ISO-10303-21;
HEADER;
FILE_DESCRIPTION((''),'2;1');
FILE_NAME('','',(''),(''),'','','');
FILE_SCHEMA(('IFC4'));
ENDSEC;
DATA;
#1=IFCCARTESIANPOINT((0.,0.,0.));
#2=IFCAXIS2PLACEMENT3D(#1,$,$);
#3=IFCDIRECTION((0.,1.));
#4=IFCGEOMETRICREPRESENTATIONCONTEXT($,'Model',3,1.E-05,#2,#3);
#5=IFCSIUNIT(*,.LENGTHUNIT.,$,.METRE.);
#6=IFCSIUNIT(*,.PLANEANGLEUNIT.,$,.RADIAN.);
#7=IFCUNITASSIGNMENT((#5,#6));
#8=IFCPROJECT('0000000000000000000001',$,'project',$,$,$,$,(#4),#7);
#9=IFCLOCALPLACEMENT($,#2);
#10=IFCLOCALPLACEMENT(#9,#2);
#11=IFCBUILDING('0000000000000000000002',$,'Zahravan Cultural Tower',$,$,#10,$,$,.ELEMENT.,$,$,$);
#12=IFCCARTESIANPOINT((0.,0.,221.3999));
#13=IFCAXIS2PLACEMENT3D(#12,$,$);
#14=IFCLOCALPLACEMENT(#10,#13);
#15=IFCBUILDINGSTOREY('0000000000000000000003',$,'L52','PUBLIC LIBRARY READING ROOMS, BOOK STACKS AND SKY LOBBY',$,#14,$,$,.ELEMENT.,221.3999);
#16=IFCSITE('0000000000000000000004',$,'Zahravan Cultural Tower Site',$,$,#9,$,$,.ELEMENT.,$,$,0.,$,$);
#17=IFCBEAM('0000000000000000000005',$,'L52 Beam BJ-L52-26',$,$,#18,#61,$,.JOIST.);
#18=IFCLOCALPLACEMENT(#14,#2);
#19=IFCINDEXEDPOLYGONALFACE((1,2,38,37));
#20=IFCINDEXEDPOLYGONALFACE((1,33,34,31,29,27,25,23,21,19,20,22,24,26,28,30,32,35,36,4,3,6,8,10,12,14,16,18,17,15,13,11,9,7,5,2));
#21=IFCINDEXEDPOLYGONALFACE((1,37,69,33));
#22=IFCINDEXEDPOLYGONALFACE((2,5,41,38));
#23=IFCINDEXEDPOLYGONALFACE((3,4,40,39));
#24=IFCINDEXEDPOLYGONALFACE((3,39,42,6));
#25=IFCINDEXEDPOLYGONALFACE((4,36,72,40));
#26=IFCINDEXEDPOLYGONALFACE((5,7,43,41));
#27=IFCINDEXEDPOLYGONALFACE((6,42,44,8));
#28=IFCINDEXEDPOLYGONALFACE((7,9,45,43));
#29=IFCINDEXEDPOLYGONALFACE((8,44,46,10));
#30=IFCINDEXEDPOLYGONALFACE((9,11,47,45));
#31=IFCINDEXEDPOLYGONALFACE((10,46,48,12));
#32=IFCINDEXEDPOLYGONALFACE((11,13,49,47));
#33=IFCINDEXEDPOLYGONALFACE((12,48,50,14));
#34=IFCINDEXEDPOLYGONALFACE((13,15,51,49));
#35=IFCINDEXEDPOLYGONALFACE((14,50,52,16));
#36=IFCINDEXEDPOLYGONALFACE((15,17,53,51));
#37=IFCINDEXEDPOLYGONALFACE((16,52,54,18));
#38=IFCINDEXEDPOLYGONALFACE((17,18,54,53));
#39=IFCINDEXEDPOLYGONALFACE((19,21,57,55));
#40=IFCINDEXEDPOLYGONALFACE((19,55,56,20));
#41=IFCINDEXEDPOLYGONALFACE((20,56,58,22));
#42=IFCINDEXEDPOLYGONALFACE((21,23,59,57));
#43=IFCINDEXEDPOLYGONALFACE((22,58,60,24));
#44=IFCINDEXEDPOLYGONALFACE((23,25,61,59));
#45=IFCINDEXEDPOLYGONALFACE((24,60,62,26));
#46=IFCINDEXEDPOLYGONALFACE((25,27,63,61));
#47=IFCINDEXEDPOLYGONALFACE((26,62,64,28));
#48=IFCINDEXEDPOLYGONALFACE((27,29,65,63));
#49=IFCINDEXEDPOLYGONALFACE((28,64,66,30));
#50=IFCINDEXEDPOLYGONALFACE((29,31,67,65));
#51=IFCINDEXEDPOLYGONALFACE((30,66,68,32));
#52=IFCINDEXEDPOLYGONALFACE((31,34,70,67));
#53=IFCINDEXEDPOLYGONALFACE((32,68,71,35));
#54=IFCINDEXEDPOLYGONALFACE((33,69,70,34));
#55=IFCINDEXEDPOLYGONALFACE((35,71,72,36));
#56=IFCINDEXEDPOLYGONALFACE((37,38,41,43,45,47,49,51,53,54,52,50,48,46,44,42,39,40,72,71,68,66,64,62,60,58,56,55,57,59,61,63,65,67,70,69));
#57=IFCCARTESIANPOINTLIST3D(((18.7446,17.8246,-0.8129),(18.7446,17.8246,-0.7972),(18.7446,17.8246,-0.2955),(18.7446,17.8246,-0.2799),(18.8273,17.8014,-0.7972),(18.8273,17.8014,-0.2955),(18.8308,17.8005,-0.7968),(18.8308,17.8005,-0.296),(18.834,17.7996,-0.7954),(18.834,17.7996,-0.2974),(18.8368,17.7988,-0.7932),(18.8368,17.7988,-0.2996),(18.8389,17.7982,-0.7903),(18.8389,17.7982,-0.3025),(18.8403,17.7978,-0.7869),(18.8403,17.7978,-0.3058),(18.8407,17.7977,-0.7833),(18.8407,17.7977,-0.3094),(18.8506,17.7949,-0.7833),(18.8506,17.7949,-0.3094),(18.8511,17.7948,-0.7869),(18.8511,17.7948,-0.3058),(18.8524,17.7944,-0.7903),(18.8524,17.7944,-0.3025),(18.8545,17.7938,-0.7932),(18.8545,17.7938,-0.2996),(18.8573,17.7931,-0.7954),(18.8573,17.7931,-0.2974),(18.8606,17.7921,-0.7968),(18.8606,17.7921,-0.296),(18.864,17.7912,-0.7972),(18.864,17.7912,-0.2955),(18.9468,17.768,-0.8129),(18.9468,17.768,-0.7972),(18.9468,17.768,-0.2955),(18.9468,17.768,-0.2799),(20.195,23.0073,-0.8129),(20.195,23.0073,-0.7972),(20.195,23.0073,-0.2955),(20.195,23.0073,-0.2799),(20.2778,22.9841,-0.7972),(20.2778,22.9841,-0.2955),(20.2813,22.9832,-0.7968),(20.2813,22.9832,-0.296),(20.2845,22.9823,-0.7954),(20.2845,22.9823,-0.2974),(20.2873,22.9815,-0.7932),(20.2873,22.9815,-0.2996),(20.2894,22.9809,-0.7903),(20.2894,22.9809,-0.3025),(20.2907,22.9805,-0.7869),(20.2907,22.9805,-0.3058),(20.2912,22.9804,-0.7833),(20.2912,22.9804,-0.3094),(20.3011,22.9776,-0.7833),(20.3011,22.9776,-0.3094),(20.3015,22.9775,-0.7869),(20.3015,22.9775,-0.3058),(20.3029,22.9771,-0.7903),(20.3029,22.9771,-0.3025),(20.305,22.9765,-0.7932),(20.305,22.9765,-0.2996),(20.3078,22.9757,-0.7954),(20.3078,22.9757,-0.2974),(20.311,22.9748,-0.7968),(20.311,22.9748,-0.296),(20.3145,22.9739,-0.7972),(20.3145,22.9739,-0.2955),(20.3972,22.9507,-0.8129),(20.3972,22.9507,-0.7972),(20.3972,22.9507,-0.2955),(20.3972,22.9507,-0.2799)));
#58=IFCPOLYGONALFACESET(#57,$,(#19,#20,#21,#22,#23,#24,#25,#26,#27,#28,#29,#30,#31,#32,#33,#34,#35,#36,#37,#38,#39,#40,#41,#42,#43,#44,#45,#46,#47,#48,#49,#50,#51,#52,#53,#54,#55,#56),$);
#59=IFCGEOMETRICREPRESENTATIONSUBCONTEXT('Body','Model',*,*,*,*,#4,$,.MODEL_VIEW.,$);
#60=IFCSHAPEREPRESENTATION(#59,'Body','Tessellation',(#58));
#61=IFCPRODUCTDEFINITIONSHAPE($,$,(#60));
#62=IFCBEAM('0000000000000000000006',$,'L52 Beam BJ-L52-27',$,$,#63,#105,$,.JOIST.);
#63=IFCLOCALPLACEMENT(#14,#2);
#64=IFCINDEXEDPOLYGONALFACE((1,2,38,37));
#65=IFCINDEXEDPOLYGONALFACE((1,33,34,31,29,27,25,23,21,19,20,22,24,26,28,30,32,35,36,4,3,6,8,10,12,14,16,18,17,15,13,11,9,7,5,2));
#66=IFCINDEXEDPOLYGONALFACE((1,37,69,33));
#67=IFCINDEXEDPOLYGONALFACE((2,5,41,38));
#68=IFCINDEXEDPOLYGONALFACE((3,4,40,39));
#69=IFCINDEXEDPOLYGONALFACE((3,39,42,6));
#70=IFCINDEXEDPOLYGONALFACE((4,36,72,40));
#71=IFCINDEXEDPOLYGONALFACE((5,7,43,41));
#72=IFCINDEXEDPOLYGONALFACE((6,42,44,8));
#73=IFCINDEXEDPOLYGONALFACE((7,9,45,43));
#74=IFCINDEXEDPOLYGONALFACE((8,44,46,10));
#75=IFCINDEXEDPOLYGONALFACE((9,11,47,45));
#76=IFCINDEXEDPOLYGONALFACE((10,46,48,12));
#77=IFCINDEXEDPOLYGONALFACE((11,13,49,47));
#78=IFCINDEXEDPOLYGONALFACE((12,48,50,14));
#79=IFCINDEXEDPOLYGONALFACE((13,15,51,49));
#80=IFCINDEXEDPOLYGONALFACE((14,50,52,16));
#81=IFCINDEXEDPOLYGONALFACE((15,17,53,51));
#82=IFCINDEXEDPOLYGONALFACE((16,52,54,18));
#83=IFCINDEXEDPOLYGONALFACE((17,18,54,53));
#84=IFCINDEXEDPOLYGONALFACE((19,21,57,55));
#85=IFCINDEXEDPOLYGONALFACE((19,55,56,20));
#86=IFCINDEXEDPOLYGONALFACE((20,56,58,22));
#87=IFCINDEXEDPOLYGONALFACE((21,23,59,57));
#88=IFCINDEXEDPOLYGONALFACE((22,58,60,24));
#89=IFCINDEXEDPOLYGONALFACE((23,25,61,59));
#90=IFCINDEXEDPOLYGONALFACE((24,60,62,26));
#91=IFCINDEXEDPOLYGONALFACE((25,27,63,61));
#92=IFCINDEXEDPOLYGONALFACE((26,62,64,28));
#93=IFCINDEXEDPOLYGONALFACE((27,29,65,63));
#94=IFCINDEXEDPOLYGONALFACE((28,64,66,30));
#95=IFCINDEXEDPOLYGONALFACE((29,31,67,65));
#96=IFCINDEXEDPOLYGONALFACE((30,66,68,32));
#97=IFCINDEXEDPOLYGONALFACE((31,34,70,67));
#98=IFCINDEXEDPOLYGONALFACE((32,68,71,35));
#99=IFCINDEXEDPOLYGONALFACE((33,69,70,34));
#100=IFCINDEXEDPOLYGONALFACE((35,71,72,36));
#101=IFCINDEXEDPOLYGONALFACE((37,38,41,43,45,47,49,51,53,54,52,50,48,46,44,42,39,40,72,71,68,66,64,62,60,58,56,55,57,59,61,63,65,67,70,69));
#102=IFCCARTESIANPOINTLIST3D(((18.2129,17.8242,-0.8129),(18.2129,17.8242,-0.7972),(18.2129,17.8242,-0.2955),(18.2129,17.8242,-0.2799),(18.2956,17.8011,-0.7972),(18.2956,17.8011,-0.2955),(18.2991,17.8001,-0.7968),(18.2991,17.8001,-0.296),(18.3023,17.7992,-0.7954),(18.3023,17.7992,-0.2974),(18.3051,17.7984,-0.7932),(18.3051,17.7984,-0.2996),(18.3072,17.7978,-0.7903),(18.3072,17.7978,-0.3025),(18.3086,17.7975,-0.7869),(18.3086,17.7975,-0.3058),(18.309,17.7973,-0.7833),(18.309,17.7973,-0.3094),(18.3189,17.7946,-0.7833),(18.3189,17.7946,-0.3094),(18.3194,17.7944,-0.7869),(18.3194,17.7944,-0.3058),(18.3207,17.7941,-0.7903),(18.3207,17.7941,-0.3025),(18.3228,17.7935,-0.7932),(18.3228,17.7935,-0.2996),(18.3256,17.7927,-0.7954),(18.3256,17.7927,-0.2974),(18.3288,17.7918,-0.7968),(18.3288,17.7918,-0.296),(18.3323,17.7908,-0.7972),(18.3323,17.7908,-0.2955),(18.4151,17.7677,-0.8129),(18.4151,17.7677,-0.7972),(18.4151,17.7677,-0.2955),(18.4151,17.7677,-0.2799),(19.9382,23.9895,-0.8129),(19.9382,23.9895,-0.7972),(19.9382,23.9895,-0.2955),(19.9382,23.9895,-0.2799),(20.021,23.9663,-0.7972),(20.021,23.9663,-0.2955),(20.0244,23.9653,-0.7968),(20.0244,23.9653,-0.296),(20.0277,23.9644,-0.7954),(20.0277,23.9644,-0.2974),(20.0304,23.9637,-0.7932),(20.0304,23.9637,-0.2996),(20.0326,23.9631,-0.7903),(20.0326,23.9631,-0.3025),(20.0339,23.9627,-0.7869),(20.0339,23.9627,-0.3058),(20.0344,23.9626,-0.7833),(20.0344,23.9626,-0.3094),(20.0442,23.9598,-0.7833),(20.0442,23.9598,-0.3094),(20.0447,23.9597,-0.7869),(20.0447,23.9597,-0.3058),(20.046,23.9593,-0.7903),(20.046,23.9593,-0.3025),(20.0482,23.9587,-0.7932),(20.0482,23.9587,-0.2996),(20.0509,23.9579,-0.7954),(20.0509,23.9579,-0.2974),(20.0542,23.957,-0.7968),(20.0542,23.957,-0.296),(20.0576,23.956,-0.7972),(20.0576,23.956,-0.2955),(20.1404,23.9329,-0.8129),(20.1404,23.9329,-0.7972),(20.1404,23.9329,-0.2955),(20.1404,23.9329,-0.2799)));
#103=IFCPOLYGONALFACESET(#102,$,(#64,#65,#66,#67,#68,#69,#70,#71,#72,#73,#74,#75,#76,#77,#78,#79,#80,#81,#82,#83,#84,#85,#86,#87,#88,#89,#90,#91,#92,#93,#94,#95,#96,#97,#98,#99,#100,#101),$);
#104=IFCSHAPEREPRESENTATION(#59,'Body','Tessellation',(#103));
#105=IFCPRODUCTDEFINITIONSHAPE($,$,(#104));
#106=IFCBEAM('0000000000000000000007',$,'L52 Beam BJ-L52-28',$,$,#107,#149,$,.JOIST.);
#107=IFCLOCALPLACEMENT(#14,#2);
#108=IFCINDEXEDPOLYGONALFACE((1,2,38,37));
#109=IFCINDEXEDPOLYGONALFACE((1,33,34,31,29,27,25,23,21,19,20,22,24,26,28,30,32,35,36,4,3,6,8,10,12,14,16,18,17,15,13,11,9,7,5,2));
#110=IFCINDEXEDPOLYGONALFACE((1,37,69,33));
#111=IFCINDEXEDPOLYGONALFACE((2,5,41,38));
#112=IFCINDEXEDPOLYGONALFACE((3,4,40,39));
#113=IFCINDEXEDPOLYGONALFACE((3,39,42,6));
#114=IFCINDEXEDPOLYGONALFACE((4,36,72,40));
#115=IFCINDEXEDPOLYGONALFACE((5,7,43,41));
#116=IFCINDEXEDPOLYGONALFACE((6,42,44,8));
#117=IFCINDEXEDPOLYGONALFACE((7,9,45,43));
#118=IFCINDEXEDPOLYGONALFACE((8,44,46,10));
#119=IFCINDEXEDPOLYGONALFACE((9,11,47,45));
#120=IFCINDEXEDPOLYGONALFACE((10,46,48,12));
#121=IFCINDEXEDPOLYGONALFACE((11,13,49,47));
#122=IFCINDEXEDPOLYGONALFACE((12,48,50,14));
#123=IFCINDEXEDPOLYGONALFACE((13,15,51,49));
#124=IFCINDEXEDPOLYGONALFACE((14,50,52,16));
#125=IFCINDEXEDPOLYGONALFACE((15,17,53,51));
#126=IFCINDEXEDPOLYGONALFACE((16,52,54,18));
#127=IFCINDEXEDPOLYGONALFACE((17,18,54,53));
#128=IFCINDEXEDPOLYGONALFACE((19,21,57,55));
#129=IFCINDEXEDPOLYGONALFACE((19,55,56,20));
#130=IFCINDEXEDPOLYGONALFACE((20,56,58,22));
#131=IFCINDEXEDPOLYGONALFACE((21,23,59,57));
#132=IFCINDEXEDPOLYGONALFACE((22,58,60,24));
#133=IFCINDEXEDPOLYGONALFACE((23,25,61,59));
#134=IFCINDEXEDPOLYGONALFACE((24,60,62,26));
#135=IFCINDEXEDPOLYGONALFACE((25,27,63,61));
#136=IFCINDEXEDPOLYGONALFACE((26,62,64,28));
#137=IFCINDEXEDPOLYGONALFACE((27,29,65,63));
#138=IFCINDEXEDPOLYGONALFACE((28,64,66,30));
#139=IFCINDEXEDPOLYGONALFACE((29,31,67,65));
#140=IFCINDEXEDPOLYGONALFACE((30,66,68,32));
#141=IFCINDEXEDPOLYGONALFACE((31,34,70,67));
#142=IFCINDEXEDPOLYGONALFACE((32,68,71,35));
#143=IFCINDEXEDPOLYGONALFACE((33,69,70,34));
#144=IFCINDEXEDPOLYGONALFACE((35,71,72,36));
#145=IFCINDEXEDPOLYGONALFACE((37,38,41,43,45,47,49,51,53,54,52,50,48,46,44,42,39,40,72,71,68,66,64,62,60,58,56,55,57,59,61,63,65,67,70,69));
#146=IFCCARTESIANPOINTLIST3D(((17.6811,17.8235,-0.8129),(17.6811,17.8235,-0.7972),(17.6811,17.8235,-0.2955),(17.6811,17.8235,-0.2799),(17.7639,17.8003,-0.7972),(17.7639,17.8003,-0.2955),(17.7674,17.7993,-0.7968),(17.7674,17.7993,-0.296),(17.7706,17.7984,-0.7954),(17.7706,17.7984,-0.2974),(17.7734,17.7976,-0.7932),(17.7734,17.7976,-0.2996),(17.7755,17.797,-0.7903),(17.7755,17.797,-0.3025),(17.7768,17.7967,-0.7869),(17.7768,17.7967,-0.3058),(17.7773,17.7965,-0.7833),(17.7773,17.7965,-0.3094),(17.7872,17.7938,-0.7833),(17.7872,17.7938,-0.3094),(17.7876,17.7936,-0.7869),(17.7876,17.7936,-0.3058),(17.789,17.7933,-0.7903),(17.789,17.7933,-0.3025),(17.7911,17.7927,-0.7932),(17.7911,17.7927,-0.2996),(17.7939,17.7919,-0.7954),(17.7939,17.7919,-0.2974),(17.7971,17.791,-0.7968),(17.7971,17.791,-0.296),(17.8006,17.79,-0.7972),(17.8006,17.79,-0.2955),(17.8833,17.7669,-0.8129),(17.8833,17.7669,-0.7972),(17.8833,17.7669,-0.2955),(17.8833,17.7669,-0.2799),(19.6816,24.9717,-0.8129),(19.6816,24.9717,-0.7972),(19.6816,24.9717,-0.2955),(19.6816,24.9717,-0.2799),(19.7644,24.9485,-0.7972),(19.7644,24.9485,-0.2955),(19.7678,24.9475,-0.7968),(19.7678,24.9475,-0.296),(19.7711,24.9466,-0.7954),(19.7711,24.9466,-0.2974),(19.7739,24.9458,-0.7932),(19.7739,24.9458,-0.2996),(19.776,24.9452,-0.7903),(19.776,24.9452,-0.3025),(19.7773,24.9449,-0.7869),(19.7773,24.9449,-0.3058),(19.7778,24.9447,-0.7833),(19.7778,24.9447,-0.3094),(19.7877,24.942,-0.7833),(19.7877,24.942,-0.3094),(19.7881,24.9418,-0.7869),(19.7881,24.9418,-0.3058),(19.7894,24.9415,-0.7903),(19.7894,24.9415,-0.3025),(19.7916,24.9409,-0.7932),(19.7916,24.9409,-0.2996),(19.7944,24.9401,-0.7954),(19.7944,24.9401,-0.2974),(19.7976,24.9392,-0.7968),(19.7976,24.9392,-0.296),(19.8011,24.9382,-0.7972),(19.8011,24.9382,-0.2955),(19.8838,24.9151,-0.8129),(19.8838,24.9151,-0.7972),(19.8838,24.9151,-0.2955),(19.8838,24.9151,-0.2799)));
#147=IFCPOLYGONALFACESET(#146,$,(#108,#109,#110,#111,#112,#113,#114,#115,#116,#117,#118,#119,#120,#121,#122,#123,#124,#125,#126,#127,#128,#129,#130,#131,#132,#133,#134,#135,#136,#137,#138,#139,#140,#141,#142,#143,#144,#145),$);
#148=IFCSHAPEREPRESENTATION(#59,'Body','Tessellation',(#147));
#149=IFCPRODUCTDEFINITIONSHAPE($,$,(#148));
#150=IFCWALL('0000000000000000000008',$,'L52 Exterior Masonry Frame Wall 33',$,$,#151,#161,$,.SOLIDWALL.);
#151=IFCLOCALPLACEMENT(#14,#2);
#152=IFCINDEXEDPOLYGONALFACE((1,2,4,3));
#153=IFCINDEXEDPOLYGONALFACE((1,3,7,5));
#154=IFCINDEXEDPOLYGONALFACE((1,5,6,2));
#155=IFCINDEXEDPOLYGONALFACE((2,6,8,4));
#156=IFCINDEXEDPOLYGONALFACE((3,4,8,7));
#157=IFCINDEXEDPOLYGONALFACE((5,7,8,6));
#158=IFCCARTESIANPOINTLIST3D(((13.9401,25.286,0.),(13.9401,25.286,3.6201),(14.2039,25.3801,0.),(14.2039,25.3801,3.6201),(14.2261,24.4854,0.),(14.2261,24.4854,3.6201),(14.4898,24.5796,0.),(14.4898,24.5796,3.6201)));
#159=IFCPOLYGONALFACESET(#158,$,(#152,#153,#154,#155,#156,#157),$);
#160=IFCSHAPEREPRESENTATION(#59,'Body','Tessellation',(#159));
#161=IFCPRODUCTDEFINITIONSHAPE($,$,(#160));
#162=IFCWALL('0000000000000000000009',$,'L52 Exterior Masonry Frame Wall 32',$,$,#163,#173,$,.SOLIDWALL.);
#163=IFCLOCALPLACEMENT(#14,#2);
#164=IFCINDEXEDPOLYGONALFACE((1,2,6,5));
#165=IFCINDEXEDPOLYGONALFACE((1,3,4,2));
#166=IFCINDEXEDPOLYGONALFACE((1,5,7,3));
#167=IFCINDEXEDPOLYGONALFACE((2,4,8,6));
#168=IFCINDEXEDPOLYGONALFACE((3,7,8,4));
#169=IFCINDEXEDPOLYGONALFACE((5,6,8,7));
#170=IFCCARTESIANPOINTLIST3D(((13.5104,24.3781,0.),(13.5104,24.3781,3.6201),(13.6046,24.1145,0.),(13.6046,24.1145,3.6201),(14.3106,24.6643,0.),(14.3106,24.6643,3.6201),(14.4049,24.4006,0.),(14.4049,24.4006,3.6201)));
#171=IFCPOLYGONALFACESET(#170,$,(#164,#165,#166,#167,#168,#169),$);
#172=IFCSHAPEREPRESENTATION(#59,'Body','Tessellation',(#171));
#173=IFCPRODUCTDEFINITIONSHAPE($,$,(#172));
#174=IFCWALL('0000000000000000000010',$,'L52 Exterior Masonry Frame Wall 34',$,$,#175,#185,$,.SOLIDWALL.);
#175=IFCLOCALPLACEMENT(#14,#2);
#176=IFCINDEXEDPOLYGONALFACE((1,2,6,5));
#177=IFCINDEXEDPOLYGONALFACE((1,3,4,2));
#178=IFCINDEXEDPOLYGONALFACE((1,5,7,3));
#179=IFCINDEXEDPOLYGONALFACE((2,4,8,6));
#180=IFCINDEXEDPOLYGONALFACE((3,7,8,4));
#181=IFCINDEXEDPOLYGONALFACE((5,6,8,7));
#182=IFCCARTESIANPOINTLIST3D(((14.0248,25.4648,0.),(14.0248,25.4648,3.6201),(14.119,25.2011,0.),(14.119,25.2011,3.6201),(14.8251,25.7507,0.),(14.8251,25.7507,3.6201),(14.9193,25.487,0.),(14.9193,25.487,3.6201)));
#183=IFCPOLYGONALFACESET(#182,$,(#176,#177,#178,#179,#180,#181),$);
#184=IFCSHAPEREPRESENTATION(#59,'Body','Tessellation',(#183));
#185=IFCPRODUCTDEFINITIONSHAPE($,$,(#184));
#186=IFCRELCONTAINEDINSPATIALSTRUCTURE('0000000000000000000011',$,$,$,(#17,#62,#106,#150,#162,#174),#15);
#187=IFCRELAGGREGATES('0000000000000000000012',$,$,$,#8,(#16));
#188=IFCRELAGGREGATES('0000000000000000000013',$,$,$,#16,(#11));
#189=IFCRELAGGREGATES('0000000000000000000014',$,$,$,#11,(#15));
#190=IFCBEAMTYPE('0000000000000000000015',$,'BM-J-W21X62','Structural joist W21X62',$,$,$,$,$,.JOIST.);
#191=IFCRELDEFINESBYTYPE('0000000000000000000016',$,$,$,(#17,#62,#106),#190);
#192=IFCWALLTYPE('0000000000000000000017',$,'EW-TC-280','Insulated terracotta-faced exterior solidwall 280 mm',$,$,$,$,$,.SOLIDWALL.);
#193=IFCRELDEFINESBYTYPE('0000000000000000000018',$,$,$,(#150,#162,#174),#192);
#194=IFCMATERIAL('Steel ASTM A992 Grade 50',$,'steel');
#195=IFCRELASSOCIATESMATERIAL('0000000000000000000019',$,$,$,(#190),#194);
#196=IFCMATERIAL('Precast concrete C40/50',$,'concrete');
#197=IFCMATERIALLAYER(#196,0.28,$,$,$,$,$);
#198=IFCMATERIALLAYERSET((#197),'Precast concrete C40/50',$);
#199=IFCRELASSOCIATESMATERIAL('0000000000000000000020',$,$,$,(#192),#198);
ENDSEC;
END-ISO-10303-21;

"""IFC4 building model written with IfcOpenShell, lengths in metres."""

from ifc_helpers import new_model, si_unit, direction, frame, frame_2d, origin, origin_2d, place, context, subcontext, project, spatial, rectangle, i_section, extrude, source, transform, mapped, material, layer, layer_set, material_profile, profile_set, type_object, element, save


model = new_model("IFC4")

# Units and contexts
model_context = context("Model", 3, precision=1e-05, world=origin(), true_north=direction((0.0, 1.0)))
body_context = subcontext(model_context, "Body", "Model", "MODEL_VIEW")
ifc_project = project(units=[si_unit("LENGTHUNIT", "METRE"), si_unit("PLANEANGLEUNIT", "RADIAN")], contexts=[model_context])

# Site, building, storey
site_placement = place(None, origin())
site = spatial("IfcSite", under=ifc_project, at=site_placement, Name="Zahravan Cultural Tower Site", CompositionType="ELEMENT", RefElevation=0.0)
building_placement = place(site_placement, origin())
building = spatial("IfcBuilding", under=site, at=building_placement, Name="Zahravan Cultural Tower", CompositionType="ELEMENT")
storey_placement = place(building_placement, frame((0.0, 0.0, 221.3999)))
storey = spatial("IfcBuildingStorey", under=building, at=storey_placement, Name="L52", Description="PUBLIC LIBRARY READING ROOMS, BOOK STACKS AND SKY LOBBY", CompositionType="ELEMENT", Elevation=221.3999)

# Beams
ifc_material_1 = material(Name="Steel ASTM A992 Grade 50", Category="steel")
ifc_material_profile_1 = material_profile(ifc_material_1, i_section(OverallWidth=0.21, OverallDepth=0.533, WebThickness=0.0103, FlangeThickness=0.0156, FilletRadius=0.0139, at=origin_2d()), Name="W21X62")
ifc_profile_set_1 = profile_set([ifc_material_profile_1], Name="Steel ASTM A992 Grade 50")
beam_type_1 = type_object("IfcBeamType", Name="BM-J-W21X62", Description="Structural joist W21X62", PredefinedType="JOIST", material=ifc_profile_set_1)
shared_shape_1 = source(origin(), body_context, "Body", "SweptSolid", [
    extrude(i_section(OverallWidth=0.21, OverallDepth=0.533, WebThickness=0.0103, FlangeThickness=0.0156, FilletRadius=0.0139, at=origin_2d()), origin(), (0.0, 0.0, 1.0), 5.3818),
])
beam_1_placement = place(storey_placement, frame((20.2961, 22.979, -0.5464), z_axis=(-0.26951, -0.962997, 0.0), x_axis=(0.962997, -0.26951, 0.0)))
element("IfcBeam", 1, at=beam_1_placement, inside=storey, type_object=beam_type_1, Name="L52 Beam BJ-L52-26", PredefinedType="JOIST", context=body_context, shape_type="MappedRepresentation", body=[
    mapped(shared_shape_1, transform((0.0, 0.0, 0.0), x_axis=(1.0, 0.0, 0.0), y_axis=(0.0, 1.0, 0.0), z_axis=(0.0, 0.0, 1.0), scale=1.0)),
])
shared_shape_2 = source(origin(), body_context, "Body", "SweptSolid", [
    extrude(i_section(OverallWidth=0.21, OverallDepth=0.533, WebThickness=0.0103, FlangeThickness=0.0156, FilletRadius=0.0139, at=origin_2d()), origin(), (0.0, 0.0, 1.0), 6.4021),
])
beam_2_placement = place(storey_placement, frame((20.0393, 23.9612, -0.5464), z_axis=(-0.269494, -0.963002, 0.0), x_axis=(0.963002, -0.269494, 0.0)))
element("IfcBeam", 2, at=beam_2_placement, inside=storey, type_object=beam_type_1, Name="L52 Beam BJ-L52-27", PredefinedType="JOIST", context=body_context, shape_type="MappedRepresentation", body=[
    mapped(shared_shape_2, transform((0.0, 0.0, 0.0), x_axis=(1.0, 0.0, 0.0), y_axis=(0.0, 1.0, 0.0), z_axis=(0.0, 0.0, 1.0), scale=1.0)),
])
shared_shape_3 = source(origin(), body_context, "Body", "SweptSolid", [
    extrude(i_section(OverallWidth=0.21, OverallDepth=0.533, WebThickness=0.0103, FlangeThickness=0.0156, FilletRadius=0.0139, at=origin_2d()), origin(), (0.0, 0.0, 1.0), 7.4229),
])
beam_3_placement = place(storey_placement, frame((19.7827, 24.9434, -0.5464), z_axis=(-0.269504, -0.962999, 0.0), x_axis=(0.962999, -0.269504, 0.0)))
element("IfcBeam", 3, at=beam_3_placement, inside=storey, type_object=beam_type_1, Name="L52 Beam BJ-L52-28", PredefinedType="JOIST", context=body_context, shape_type="MappedRepresentation", body=[
    mapped(shared_shape_3, transform((0.0, 0.0, 0.0), x_axis=(1.0, 0.0, 0.0), y_axis=(0.0, 1.0, 0.0), z_axis=(0.0, 0.0, 1.0), scale=1.0)),
])

# Walls
ifc_material_2 = material(Name="Precast concrete C40/50", Category="concrete")
ifc_layer_1 = layer(ifc_material_2, 0.28)
ifc_layer_set_1 = layer_set([ifc_layer_1], Name="Precast concrete C40/50")
wall_type_1 = type_object("IfcWallType", Name="EW-TC-280", Description="Insulated terracotta-faced exterior solidwall 280 mm", PredefinedType="SOLIDWALL", material=ifc_layer_set_1)
shared_shape_4 = source(origin(), body_context, "Body", "SweptSolid", [
    extrude(rectangle(XDim=0.8501, YDim=0.28, at=frame_2d((0.425, 0.0))), origin(), (0.0, 0.0, 1.0), 3.6201),
])
wall_1_placement = place(storey_placement, frame((14.3579, 24.5325, 0.0), z_axis=(0.0, 0.0, 1.0), x_axis=(-0.336318, 0.941748, 0.0)))
element("IfcWall", 4, at=wall_1_placement, inside=storey, type_object=wall_type_1, Name="L52 Exterior Masonry Frame Wall 33", PredefinedType="SOLIDWALL", context=body_context, shape_type="MappedRepresentation", body=[
    mapped(shared_shape_4, transform((0.0, 0.0, 0.0), x_axis=(1.0, 0.0, 0.0), y_axis=(0.0, 1.0, 0.0), z_axis=(0.0, 0.0, 1.0), scale=1.0)),
])
shared_shape_5 = source(origin(), body_context, "Body", "SweptSolid", [
    extrude(rectangle(XDim=0.8499, YDim=0.28, at=frame_2d((0.4248, 0.0))), origin(), (0.0, 0.0, 1.0), 3.6201),
])
for number, where, z_axis, x_axis, name in (
    (5, (13.5576, 24.2463, 0.0), (0.0, 0.0, 1.0), (0.941625, 0.336664, 0.0), "L52 Exterior Masonry Frame Wall 32"),
    (6, (14.072, 25.333, 0.0), (0.0, 0.0, 1.0), (0.941716, 0.336409, 0.0), "L52 Exterior Masonry Frame Wall 34"),
):
    element("IfcWall", number, at=place(storey_placement, frame(where, z_axis=z_axis, x_axis=x_axis)), inside=storey, type_object=wall_type_1, Name=name, PredefinedType="SOLIDWALL", context=body_context, shape_type="MappedRepresentation", body=[
        mapped(shared_shape_5, transform((0.0, 0.0, 0.0), x_axis=(1.0, 0.0, 0.0), y_axis=(0.0, 1.0, 0.0), z_axis=(0.0, 0.0, 1.0), scale=1.0)),
    ])

save(model, "model.ifc")
